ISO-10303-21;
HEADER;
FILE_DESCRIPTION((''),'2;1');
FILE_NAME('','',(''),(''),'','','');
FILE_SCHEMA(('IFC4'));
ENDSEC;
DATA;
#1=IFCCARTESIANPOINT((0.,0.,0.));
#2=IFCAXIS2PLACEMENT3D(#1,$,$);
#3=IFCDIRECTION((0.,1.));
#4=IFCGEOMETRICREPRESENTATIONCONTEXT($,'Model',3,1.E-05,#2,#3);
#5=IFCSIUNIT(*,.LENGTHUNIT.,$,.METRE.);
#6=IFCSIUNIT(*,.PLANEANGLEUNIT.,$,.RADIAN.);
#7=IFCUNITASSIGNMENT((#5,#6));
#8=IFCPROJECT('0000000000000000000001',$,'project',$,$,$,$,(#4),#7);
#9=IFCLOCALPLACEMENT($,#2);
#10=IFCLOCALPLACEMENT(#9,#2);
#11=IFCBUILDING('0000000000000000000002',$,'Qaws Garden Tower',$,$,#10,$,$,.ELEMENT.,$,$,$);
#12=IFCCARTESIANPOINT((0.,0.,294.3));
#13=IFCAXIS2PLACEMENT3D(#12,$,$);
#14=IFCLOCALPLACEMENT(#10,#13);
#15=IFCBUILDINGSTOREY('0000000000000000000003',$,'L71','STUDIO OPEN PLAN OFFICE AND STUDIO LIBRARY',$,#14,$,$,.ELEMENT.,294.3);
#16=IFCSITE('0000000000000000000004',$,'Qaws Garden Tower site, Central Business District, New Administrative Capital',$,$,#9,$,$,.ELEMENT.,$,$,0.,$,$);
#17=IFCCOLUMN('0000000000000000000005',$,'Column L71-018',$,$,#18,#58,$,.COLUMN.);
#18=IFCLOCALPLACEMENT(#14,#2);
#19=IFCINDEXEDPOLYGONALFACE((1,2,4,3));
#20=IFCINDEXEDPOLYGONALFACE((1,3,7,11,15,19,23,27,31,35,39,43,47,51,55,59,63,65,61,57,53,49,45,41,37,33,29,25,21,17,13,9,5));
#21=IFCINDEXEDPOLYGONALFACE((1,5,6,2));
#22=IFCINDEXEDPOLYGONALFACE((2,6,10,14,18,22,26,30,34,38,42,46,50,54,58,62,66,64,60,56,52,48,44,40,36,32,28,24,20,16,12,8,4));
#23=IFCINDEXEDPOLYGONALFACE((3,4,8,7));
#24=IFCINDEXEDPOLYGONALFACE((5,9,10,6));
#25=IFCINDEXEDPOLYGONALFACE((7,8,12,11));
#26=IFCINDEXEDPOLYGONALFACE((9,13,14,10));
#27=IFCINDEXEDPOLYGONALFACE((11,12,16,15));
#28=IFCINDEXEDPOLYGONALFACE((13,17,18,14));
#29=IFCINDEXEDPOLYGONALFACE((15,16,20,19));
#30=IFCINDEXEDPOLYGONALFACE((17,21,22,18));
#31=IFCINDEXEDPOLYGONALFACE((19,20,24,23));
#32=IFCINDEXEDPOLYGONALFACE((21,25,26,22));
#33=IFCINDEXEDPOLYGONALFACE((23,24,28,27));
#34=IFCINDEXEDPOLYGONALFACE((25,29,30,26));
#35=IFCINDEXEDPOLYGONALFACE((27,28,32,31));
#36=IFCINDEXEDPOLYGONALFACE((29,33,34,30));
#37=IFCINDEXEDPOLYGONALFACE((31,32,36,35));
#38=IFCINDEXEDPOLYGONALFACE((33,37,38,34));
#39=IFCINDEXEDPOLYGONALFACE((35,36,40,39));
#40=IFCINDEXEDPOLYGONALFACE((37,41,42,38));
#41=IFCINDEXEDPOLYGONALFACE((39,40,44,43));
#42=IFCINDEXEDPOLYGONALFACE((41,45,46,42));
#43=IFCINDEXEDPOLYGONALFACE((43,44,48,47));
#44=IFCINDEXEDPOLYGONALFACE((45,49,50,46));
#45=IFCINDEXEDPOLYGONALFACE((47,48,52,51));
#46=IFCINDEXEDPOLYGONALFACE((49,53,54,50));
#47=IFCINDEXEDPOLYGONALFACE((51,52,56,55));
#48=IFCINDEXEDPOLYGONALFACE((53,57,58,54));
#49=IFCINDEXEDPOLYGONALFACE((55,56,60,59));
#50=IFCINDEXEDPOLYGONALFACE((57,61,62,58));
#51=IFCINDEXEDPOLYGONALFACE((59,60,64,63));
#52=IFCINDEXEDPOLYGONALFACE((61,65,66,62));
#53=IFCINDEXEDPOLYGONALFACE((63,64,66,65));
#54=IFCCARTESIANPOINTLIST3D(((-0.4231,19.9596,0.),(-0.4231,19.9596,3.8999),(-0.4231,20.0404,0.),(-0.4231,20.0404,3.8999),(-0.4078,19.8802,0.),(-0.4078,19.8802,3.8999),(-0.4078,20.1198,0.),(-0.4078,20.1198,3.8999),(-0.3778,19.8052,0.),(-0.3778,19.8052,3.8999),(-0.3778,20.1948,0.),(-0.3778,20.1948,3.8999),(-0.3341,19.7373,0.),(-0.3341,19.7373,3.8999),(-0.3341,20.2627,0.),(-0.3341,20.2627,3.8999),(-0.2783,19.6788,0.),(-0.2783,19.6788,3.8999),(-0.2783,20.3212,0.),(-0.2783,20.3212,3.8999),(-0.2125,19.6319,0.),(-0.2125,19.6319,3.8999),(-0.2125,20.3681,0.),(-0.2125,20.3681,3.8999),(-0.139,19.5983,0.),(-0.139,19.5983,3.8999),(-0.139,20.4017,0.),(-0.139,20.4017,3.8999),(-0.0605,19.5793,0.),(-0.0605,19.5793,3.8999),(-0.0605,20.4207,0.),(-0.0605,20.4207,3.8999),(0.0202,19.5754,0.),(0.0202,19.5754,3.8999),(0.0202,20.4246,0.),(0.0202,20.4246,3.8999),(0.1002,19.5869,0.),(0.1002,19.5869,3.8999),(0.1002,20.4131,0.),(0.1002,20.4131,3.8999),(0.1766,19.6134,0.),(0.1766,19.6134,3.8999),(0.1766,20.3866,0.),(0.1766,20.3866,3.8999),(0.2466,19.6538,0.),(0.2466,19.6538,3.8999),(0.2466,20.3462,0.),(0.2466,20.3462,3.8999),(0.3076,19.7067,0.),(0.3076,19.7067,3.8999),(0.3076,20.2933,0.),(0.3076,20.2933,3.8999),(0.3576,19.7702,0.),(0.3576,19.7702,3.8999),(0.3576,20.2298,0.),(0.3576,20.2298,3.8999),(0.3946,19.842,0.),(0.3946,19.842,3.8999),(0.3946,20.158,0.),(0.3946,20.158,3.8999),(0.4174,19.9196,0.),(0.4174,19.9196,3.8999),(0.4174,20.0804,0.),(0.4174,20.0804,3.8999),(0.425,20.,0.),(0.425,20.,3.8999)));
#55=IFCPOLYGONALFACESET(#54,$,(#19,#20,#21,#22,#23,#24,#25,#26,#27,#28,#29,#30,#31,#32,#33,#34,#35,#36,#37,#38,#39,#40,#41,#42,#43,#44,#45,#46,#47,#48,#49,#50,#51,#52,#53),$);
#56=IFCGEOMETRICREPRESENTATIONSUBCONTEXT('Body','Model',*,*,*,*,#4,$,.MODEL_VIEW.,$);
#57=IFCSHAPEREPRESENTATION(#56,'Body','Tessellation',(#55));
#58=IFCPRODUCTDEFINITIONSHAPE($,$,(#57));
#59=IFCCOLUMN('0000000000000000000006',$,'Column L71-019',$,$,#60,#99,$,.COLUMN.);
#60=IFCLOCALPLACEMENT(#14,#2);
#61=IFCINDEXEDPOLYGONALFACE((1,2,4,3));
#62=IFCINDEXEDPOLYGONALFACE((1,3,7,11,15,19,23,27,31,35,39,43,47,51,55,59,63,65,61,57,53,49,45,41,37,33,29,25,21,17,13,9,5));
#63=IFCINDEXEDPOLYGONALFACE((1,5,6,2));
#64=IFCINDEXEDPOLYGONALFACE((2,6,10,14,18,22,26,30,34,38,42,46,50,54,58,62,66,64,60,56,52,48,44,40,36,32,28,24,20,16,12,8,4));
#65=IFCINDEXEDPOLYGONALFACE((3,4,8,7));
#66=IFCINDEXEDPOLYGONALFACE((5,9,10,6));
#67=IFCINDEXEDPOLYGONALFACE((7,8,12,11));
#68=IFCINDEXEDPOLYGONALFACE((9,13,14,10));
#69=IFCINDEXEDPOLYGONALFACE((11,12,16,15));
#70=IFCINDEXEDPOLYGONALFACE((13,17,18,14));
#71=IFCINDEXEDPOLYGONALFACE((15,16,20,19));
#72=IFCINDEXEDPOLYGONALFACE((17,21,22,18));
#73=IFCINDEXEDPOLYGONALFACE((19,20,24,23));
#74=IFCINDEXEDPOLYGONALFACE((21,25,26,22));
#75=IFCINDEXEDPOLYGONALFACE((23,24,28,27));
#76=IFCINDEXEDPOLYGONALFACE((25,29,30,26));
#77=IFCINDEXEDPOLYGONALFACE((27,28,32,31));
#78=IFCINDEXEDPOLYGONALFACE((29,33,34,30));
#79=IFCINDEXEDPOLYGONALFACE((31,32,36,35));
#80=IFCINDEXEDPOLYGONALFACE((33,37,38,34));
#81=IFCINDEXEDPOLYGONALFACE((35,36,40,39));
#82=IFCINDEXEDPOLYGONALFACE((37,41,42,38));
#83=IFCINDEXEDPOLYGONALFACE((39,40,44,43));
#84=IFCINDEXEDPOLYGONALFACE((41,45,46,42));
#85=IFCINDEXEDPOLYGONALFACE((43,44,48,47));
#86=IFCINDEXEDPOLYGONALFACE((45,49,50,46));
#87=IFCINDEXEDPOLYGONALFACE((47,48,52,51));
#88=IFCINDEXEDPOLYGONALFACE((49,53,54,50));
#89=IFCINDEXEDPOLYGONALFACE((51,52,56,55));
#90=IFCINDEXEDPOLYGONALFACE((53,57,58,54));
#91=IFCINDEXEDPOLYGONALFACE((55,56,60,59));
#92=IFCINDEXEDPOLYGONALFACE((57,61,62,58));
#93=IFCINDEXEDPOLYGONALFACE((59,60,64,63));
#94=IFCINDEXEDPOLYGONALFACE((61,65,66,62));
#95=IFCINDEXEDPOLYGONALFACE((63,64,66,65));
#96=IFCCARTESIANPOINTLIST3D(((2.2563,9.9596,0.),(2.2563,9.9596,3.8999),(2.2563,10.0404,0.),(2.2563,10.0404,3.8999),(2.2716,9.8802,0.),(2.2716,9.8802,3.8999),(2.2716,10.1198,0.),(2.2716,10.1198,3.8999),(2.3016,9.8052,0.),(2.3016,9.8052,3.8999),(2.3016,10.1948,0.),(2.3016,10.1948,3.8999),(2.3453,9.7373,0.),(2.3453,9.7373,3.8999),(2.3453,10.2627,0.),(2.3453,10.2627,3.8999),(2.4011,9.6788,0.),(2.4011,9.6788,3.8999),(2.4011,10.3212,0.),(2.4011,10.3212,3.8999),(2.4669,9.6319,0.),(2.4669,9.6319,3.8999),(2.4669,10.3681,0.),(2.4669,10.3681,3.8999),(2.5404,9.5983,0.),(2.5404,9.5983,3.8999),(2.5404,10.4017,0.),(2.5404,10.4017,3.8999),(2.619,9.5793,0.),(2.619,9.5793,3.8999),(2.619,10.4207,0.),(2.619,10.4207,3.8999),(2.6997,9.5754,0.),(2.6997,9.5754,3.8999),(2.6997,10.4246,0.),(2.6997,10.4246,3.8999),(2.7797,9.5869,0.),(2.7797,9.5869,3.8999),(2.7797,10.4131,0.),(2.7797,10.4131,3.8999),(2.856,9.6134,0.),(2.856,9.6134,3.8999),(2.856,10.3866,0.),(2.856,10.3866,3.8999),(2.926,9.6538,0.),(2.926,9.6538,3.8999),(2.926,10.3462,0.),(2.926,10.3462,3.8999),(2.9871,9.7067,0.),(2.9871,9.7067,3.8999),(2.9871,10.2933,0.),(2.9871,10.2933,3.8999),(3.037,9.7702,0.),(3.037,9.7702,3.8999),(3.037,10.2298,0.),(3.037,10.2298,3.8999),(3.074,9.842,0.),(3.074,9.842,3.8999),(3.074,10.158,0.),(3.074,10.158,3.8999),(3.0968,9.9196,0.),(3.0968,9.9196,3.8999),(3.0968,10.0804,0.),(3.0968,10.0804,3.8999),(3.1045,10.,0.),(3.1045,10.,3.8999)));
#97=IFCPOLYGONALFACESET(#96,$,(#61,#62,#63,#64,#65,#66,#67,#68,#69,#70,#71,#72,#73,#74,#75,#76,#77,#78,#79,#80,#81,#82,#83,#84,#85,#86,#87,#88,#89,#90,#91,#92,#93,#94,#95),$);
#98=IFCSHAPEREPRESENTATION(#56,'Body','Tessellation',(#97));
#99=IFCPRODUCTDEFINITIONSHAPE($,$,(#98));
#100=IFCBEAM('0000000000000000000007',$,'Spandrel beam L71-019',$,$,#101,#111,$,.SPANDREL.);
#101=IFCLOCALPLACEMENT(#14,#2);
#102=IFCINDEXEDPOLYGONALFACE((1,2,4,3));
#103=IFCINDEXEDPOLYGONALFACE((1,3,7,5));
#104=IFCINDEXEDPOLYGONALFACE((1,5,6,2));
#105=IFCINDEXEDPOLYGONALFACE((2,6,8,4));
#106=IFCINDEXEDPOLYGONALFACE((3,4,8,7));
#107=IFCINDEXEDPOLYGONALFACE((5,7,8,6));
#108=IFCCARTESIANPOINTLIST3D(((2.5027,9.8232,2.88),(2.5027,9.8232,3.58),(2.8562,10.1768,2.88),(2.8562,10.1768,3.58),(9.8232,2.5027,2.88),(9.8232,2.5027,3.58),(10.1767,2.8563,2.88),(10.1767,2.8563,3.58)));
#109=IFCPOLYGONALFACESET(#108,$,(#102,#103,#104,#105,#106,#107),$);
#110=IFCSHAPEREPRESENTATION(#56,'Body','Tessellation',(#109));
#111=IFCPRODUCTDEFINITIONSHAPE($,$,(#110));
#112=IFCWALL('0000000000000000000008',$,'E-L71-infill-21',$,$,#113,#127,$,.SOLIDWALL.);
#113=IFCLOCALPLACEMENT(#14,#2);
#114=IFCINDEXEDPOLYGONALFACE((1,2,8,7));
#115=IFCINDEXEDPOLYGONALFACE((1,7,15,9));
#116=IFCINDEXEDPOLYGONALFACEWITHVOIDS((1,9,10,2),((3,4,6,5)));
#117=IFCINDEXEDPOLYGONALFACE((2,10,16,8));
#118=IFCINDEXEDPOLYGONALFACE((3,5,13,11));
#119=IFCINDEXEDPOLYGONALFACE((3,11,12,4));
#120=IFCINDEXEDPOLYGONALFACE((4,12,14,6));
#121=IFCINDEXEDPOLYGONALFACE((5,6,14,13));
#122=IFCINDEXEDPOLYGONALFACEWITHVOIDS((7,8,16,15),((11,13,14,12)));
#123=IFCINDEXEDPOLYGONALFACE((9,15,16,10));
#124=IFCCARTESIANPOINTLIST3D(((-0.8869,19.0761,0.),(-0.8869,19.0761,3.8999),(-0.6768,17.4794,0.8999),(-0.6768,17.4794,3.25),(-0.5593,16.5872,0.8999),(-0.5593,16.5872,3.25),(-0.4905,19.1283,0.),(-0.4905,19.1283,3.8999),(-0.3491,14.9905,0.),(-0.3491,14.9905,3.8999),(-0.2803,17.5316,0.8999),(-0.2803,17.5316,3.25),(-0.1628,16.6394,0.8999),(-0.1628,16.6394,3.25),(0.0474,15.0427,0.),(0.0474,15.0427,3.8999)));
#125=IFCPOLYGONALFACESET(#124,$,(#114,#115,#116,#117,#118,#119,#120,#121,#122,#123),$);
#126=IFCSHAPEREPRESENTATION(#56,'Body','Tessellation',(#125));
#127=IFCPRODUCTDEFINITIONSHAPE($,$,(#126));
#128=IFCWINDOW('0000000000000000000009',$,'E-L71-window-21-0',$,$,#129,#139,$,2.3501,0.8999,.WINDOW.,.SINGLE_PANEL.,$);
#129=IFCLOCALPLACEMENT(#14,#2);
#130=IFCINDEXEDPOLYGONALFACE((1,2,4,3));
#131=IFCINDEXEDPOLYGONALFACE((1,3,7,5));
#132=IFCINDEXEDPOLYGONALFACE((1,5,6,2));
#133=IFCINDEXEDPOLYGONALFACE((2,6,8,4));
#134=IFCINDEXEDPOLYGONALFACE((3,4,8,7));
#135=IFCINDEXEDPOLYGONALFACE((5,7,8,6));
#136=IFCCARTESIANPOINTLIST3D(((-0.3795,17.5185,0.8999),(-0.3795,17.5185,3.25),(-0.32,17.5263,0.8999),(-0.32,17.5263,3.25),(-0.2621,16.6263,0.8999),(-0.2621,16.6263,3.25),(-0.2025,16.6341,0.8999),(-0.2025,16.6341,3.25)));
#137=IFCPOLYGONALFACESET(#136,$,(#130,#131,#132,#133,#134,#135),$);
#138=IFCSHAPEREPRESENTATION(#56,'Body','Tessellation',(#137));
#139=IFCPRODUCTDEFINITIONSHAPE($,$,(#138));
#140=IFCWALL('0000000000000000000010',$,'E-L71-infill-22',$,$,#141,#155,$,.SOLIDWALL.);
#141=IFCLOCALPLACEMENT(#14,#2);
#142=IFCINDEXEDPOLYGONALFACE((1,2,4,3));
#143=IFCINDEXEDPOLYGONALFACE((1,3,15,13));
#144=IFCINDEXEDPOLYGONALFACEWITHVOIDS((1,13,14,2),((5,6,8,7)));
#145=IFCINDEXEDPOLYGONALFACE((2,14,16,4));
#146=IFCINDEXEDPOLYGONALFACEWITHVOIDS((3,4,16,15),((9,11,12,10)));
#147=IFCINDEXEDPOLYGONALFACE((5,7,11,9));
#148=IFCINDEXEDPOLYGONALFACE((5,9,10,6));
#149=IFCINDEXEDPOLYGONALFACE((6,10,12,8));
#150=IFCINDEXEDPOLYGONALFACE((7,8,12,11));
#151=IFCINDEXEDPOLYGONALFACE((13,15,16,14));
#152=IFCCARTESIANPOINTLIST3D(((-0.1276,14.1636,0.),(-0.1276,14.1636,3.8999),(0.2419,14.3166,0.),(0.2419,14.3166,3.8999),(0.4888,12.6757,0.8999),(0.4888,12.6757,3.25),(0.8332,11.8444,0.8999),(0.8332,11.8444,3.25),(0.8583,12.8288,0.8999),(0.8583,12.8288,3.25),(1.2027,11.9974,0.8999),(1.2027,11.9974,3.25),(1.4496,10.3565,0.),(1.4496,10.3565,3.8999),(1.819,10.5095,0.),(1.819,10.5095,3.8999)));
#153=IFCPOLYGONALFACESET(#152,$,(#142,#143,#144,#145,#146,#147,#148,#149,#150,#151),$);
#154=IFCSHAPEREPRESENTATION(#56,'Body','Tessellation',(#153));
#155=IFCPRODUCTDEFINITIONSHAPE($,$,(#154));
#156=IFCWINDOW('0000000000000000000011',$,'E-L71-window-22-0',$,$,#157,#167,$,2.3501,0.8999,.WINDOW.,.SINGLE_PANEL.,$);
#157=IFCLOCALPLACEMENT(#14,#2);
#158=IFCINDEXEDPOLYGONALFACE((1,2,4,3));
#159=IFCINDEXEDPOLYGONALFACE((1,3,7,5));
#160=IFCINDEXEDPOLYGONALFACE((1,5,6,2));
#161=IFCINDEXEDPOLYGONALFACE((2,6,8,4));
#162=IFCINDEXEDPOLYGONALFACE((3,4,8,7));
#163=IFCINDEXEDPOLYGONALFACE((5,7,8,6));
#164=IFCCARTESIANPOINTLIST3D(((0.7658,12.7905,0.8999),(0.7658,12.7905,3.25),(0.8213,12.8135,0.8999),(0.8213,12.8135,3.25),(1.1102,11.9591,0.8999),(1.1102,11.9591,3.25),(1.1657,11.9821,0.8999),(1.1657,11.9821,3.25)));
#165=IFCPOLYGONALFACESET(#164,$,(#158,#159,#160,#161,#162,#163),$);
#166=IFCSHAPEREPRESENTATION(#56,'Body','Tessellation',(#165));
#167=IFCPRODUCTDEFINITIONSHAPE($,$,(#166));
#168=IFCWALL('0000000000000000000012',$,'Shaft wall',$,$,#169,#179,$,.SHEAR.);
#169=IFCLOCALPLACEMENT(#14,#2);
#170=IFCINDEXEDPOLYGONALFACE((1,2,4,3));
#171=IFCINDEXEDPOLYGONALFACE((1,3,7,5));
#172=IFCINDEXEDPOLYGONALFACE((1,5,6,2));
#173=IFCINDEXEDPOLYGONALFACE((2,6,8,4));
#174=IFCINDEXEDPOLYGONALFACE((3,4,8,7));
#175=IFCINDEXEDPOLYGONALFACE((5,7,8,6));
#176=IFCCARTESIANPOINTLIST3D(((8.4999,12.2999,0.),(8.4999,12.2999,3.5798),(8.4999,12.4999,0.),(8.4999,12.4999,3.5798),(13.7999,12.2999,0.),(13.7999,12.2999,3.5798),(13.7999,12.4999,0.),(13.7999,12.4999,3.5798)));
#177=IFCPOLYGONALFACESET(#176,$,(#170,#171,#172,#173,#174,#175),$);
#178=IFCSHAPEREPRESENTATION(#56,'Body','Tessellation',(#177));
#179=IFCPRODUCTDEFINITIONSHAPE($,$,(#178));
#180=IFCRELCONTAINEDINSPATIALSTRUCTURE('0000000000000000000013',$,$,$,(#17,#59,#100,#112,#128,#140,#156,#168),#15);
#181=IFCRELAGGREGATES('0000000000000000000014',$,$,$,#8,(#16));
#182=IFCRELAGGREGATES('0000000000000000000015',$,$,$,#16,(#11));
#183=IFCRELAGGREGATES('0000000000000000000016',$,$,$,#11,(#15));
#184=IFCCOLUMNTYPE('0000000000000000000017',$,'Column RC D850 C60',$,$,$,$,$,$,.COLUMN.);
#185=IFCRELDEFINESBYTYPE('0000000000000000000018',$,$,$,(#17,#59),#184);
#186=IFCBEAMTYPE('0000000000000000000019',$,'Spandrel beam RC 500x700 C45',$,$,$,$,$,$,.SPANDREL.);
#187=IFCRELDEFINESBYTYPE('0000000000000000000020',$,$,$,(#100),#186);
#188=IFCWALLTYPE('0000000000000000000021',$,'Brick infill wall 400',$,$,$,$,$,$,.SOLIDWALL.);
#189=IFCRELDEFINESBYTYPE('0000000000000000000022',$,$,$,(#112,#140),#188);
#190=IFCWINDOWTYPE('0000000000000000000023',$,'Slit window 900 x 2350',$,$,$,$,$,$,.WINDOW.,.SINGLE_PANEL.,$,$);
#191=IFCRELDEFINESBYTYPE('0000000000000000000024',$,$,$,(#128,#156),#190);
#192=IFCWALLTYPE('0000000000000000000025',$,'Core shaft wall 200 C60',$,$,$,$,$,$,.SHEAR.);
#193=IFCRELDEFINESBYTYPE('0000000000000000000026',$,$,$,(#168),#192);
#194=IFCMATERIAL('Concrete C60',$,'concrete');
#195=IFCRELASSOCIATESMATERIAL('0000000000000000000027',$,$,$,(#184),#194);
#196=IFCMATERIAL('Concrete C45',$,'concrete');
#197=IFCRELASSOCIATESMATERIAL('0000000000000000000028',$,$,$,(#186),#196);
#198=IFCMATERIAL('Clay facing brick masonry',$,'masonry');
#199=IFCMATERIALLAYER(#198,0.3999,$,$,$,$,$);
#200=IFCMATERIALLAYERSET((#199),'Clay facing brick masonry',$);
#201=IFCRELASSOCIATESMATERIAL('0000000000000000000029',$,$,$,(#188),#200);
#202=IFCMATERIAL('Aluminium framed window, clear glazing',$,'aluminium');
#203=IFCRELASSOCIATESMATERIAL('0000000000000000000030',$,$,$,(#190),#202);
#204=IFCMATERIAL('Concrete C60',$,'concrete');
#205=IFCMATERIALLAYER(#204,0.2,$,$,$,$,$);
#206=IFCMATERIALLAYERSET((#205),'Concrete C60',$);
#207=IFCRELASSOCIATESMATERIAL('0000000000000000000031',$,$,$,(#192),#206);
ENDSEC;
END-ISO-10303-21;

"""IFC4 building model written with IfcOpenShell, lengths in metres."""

from ifc_helpers import new_model, si_unit, direction, frame, frame_2d, origin, origin_2d, place, context, subcontext, project, spatial, rectangle, circle, extrude, material, layer, layer_set, material_profile, profile_set, type_object, element, fill, save


model = new_model("IFC4")

# Units and contexts
model_context = context("Model", 3, precision=1e-05, world=origin(), true_north=direction((0.0, 1.0)))
body_context = subcontext(model_context, "Body", "Model", "MODEL_VIEW")
ifc_project = project(units=[si_unit("LENGTHUNIT", "METRE"), si_unit("PLANEANGLEUNIT", "RADIAN")], contexts=[model_context])

# Site, building, storey
site_placement = place(None, origin())
site = spatial("IfcSite", under=ifc_project, at=site_placement, Name="Qaws Garden Tower site, Central Business District, New Administrative Capital", CompositionType="ELEMENT", RefElevation=0.0)
building_placement = place(site_placement, origin())
building = spatial("IfcBuilding", under=site, at=building_placement, Name="Qaws Garden Tower", CompositionType="ELEMENT")
storey_placement = place(building_placement, frame((0.0, 0.0, 294.3)))
storey = spatial("IfcBuildingStorey", under=building, at=storey_placement, Name="L71", Description="STUDIO OPEN PLAN OFFICE AND STUDIO LIBRARY", CompositionType="ELEMENT", Elevation=294.3)

# Columns
ifc_material_1 = material(Name="Concrete C60", Category="concrete")
ifc_material_profile_1 = material_profile(ifc_material_1, circle(Radius=0.425, at=origin_2d()), Name="RC D850")
ifc_profile_set_1 = profile_set([ifc_material_profile_1], Name="Concrete C60")
column_type = type_object("IfcColumnType", Name="Column RC D850 C60", PredefinedType="COLUMN", material=ifc_profile_set_1)
for number, where, z_axis, x_axis, name in (
    (1, (0.0, 20.0, 0.0), (0.0, 0.0, 1.0), (1.0, 0.0, 0.0), "Column L71-018"),
    (2, (2.6794, 10.0, 0.0), (0.0, 0.0, 1.0), (1.0, 0.0, 0.0), "Column L71-019"),
):
    element("IfcColumn", number, at=place(storey_placement, frame(where, z_axis=z_axis, x_axis=x_axis)), inside=storey, type_object=column_type, Name=name, PredefinedType="COLUMN", context=body_context, shape_type="SweptSolid", body=[
        extrude(circle(Radius=0.425, at=origin_2d()), origin(), (0.0, 0.0, 1.0), 3.8999),
    ])

# Beam
ifc_material_2 = material(Name="Concrete C45", Category="concrete")
ifc_material_profile_2 = material_profile(ifc_material_2, rectangle(XDim=0.5, YDim=0.7, at=origin_2d()), Name="RC 500x700")
ifc_profile_set_2 = profile_set([ifc_material_profile_2], Name="Concrete C45")
beam_type = type_object("IfcBeamType", Name="Spandrel beam RC 500x700 C45", PredefinedType="SPANDREL", material=ifc_profile_set_2)
beam_placement = place(storey_placement, frame((2.6794, 10.0, 3.23), z_axis=(0.707107, -0.707107, 0.0), x_axis=(0.707107, 0.707107, 0.0)))
element("IfcBeam", 3, at=beam_placement, inside=storey, type_object=beam_type, Name="Spandrel beam L71-019", PredefinedType="SPANDREL", context=body_context, shape_type="SweptSolid", body=[
    extrude(rectangle(XDim=0.5, YDim=0.7, at=origin_2d()), origin(), (0.0, 0.0, 1.0), 10.3528),
])

# Walls, openings, windows
ifc_material_3 = material(Name="Clay facing brick masonry", Category="masonry")
ifc_layer_1 = layer(ifc_material_3, 0.3999)
ifc_layer_set_1 = layer_set([ifc_layer_1], Name="Clay facing brick masonry")
wall_type_1 = type_object("IfcWallType", Name="Brick infill wall 400", PredefinedType="SOLIDWALL", material=ifc_layer_set_1)
wall_1_placement = place(storey_placement, frame((-0.6887, 19.1023, 0.0), z_axis=(0.0, 0.0, 1.0), x_axis=(0.130514, -0.991446, 0.0)))
wall_1 = element("IfcWall", 4, at=wall_1_placement, inside=storey, type_object=wall_type_1, Name="E-L71-infill-21", PredefinedType="SOLIDWALL", context=body_context, shape_type="SweptSolid", body=[
    extrude(rectangle(XDim=4.1208, YDim=0.3999, at=frame_2d((2.0605, 0.0))), origin(), (0.0, 0.0, 1.0), 3.8999),
])
opening_1_placement = place(wall_1_placement, frame((1.6106, 0.0, 0.8999)))
opening_1 = element("IfcOpeningElement", 5, at=opening_1_placement, cuts=wall_1, PredefinedType="OPENING", context=body_context, shape_type="SweptSolid", body=[
    extrude(rectangle(XDim=0.8999, YDim=2.3501, at=frame_2d((0.45, 1.175))), frame((0.0, 0.21, 0.0), z_axis=(0.0, -1.0, 0.0), x_axis=(1.0, 0.0, 0.0)), (0.0, 0.0, 1.0), 0.4199),
])
ifc_material_4 = material(Name="Aluminium framed window, clear glazing", Category="aluminium")
window_type = type_object("IfcWindowType", Name="Slit window 900 x 2350", PartitioningType="SINGLE_PANEL", PredefinedType="WINDOW", material=ifc_material_4)
window_1_placement = place(opening_1_placement, origin())
window_1 = element("IfcWindow", 6, at=window_1_placement, inside=storey, type_object=window_type, Name="E-L71-window-21-0", OverallHeight=2.3501, OverallWidth=0.8999, PartitioningType="SINGLE_PANEL", PredefinedType="WINDOW", context=body_context, shape_type="SweptSolid", body=[
    extrude(rectangle(XDim=0.8999, YDim=2.3501, at=frame_2d((0.45, 1.175))), frame((0.0, 0.1599, 0.0), z_axis=(0.0, -1.0, 0.0), x_axis=(1.0, 0.0, 0.0)), (0.0, 0.0, 1.0), 0.0601),
])
fill(opening_1, window_1)
wall_2_placement = place(storey_placement, frame((0.0571, 14.2402, 0.0), z_axis=(0.0, 0.0, 1.0), x_axis=(0.382722, -0.923864, 0.0)))
wall_2 = element("IfcWall", 7, at=wall_2_placement, inside=storey, type_object=wall_type_1, Name="E-L71-infill-22", PredefinedType="SOLIDWALL", context=body_context, shape_type="SweptSolid", body=[
    extrude(rectangle(XDim=4.1208, YDim=0.3999, at=frame_2d((2.0605, 0.0))), origin(), (0.0, 0.0, 1.0), 3.8999),
])
opening_2_placement = place(wall_2_placement, frame((1.6106, 0.0, 0.8999)))
opening_2 = element("IfcOpeningElement", 8, at=opening_2_placement, cuts=wall_2, PredefinedType="OPENING", context=body_context, shape_type="SweptSolid", body=[
    extrude(rectangle(XDim=0.8999, YDim=2.3501, at=frame_2d((0.45, 1.175))), frame((0.0, 0.21, 0.0), z_axis=(0.0, -1.0, 0.0), x_axis=(1.0, 0.0, 0.0)), (0.0, 0.0, 1.0), 0.4199),
])
window_2_placement = place(opening_2_placement, origin())
window_2 = element("IfcWindow", 9, at=window_2_placement, inside=storey, type_object=window_type, Name="E-L71-window-22-0", OverallHeight=2.3501, OverallWidth=0.8999, PartitioningType="SINGLE_PANEL", PredefinedType="WINDOW", context=body_context, shape_type="SweptSolid", body=[
    extrude(rectangle(XDim=0.8999, YDim=2.3501, at=frame_2d((0.45, 1.175))), frame((0.0, 0.1599, 0.0), z_axis=(0.0, -1.0, 0.0), x_axis=(1.0, 0.0, 0.0)), (0.0, 0.0, 1.0), 0.0601),
])
fill(opening_2, window_2)

# Wall
ifc_material_5 = material(Name="Concrete C60", Category="concrete")
ifc_layer_2 = layer(ifc_material_5, 0.2)
ifc_layer_set_2 = layer_set([ifc_layer_2], Name="Concrete C60")
wall_type_2 = type_object("IfcWallType", Name="Core shaft wall 200 C60", PredefinedType="SHEAR", material=ifc_layer_set_2)
wall_3_placement = place(storey_placement, frame((8.5, 12.3999, 0.0), z_axis=(0.0, 0.0, 1.0), x_axis=(1.0, 0.0, 0.0)))
element("IfcWall", 10, at=wall_3_placement, inside=storey, type_object=wall_type_2, Name="Shaft wall", PredefinedType="SHEAR", context=body_context, shape_type="SweptSolid", body=[
    extrude(rectangle(XDim=5.3, YDim=0.2, at=frame_2d((2.6499, 0.0))), origin(), (0.0, 0.0, 1.0), 3.5798),
])

save(model, "model.ifc")
